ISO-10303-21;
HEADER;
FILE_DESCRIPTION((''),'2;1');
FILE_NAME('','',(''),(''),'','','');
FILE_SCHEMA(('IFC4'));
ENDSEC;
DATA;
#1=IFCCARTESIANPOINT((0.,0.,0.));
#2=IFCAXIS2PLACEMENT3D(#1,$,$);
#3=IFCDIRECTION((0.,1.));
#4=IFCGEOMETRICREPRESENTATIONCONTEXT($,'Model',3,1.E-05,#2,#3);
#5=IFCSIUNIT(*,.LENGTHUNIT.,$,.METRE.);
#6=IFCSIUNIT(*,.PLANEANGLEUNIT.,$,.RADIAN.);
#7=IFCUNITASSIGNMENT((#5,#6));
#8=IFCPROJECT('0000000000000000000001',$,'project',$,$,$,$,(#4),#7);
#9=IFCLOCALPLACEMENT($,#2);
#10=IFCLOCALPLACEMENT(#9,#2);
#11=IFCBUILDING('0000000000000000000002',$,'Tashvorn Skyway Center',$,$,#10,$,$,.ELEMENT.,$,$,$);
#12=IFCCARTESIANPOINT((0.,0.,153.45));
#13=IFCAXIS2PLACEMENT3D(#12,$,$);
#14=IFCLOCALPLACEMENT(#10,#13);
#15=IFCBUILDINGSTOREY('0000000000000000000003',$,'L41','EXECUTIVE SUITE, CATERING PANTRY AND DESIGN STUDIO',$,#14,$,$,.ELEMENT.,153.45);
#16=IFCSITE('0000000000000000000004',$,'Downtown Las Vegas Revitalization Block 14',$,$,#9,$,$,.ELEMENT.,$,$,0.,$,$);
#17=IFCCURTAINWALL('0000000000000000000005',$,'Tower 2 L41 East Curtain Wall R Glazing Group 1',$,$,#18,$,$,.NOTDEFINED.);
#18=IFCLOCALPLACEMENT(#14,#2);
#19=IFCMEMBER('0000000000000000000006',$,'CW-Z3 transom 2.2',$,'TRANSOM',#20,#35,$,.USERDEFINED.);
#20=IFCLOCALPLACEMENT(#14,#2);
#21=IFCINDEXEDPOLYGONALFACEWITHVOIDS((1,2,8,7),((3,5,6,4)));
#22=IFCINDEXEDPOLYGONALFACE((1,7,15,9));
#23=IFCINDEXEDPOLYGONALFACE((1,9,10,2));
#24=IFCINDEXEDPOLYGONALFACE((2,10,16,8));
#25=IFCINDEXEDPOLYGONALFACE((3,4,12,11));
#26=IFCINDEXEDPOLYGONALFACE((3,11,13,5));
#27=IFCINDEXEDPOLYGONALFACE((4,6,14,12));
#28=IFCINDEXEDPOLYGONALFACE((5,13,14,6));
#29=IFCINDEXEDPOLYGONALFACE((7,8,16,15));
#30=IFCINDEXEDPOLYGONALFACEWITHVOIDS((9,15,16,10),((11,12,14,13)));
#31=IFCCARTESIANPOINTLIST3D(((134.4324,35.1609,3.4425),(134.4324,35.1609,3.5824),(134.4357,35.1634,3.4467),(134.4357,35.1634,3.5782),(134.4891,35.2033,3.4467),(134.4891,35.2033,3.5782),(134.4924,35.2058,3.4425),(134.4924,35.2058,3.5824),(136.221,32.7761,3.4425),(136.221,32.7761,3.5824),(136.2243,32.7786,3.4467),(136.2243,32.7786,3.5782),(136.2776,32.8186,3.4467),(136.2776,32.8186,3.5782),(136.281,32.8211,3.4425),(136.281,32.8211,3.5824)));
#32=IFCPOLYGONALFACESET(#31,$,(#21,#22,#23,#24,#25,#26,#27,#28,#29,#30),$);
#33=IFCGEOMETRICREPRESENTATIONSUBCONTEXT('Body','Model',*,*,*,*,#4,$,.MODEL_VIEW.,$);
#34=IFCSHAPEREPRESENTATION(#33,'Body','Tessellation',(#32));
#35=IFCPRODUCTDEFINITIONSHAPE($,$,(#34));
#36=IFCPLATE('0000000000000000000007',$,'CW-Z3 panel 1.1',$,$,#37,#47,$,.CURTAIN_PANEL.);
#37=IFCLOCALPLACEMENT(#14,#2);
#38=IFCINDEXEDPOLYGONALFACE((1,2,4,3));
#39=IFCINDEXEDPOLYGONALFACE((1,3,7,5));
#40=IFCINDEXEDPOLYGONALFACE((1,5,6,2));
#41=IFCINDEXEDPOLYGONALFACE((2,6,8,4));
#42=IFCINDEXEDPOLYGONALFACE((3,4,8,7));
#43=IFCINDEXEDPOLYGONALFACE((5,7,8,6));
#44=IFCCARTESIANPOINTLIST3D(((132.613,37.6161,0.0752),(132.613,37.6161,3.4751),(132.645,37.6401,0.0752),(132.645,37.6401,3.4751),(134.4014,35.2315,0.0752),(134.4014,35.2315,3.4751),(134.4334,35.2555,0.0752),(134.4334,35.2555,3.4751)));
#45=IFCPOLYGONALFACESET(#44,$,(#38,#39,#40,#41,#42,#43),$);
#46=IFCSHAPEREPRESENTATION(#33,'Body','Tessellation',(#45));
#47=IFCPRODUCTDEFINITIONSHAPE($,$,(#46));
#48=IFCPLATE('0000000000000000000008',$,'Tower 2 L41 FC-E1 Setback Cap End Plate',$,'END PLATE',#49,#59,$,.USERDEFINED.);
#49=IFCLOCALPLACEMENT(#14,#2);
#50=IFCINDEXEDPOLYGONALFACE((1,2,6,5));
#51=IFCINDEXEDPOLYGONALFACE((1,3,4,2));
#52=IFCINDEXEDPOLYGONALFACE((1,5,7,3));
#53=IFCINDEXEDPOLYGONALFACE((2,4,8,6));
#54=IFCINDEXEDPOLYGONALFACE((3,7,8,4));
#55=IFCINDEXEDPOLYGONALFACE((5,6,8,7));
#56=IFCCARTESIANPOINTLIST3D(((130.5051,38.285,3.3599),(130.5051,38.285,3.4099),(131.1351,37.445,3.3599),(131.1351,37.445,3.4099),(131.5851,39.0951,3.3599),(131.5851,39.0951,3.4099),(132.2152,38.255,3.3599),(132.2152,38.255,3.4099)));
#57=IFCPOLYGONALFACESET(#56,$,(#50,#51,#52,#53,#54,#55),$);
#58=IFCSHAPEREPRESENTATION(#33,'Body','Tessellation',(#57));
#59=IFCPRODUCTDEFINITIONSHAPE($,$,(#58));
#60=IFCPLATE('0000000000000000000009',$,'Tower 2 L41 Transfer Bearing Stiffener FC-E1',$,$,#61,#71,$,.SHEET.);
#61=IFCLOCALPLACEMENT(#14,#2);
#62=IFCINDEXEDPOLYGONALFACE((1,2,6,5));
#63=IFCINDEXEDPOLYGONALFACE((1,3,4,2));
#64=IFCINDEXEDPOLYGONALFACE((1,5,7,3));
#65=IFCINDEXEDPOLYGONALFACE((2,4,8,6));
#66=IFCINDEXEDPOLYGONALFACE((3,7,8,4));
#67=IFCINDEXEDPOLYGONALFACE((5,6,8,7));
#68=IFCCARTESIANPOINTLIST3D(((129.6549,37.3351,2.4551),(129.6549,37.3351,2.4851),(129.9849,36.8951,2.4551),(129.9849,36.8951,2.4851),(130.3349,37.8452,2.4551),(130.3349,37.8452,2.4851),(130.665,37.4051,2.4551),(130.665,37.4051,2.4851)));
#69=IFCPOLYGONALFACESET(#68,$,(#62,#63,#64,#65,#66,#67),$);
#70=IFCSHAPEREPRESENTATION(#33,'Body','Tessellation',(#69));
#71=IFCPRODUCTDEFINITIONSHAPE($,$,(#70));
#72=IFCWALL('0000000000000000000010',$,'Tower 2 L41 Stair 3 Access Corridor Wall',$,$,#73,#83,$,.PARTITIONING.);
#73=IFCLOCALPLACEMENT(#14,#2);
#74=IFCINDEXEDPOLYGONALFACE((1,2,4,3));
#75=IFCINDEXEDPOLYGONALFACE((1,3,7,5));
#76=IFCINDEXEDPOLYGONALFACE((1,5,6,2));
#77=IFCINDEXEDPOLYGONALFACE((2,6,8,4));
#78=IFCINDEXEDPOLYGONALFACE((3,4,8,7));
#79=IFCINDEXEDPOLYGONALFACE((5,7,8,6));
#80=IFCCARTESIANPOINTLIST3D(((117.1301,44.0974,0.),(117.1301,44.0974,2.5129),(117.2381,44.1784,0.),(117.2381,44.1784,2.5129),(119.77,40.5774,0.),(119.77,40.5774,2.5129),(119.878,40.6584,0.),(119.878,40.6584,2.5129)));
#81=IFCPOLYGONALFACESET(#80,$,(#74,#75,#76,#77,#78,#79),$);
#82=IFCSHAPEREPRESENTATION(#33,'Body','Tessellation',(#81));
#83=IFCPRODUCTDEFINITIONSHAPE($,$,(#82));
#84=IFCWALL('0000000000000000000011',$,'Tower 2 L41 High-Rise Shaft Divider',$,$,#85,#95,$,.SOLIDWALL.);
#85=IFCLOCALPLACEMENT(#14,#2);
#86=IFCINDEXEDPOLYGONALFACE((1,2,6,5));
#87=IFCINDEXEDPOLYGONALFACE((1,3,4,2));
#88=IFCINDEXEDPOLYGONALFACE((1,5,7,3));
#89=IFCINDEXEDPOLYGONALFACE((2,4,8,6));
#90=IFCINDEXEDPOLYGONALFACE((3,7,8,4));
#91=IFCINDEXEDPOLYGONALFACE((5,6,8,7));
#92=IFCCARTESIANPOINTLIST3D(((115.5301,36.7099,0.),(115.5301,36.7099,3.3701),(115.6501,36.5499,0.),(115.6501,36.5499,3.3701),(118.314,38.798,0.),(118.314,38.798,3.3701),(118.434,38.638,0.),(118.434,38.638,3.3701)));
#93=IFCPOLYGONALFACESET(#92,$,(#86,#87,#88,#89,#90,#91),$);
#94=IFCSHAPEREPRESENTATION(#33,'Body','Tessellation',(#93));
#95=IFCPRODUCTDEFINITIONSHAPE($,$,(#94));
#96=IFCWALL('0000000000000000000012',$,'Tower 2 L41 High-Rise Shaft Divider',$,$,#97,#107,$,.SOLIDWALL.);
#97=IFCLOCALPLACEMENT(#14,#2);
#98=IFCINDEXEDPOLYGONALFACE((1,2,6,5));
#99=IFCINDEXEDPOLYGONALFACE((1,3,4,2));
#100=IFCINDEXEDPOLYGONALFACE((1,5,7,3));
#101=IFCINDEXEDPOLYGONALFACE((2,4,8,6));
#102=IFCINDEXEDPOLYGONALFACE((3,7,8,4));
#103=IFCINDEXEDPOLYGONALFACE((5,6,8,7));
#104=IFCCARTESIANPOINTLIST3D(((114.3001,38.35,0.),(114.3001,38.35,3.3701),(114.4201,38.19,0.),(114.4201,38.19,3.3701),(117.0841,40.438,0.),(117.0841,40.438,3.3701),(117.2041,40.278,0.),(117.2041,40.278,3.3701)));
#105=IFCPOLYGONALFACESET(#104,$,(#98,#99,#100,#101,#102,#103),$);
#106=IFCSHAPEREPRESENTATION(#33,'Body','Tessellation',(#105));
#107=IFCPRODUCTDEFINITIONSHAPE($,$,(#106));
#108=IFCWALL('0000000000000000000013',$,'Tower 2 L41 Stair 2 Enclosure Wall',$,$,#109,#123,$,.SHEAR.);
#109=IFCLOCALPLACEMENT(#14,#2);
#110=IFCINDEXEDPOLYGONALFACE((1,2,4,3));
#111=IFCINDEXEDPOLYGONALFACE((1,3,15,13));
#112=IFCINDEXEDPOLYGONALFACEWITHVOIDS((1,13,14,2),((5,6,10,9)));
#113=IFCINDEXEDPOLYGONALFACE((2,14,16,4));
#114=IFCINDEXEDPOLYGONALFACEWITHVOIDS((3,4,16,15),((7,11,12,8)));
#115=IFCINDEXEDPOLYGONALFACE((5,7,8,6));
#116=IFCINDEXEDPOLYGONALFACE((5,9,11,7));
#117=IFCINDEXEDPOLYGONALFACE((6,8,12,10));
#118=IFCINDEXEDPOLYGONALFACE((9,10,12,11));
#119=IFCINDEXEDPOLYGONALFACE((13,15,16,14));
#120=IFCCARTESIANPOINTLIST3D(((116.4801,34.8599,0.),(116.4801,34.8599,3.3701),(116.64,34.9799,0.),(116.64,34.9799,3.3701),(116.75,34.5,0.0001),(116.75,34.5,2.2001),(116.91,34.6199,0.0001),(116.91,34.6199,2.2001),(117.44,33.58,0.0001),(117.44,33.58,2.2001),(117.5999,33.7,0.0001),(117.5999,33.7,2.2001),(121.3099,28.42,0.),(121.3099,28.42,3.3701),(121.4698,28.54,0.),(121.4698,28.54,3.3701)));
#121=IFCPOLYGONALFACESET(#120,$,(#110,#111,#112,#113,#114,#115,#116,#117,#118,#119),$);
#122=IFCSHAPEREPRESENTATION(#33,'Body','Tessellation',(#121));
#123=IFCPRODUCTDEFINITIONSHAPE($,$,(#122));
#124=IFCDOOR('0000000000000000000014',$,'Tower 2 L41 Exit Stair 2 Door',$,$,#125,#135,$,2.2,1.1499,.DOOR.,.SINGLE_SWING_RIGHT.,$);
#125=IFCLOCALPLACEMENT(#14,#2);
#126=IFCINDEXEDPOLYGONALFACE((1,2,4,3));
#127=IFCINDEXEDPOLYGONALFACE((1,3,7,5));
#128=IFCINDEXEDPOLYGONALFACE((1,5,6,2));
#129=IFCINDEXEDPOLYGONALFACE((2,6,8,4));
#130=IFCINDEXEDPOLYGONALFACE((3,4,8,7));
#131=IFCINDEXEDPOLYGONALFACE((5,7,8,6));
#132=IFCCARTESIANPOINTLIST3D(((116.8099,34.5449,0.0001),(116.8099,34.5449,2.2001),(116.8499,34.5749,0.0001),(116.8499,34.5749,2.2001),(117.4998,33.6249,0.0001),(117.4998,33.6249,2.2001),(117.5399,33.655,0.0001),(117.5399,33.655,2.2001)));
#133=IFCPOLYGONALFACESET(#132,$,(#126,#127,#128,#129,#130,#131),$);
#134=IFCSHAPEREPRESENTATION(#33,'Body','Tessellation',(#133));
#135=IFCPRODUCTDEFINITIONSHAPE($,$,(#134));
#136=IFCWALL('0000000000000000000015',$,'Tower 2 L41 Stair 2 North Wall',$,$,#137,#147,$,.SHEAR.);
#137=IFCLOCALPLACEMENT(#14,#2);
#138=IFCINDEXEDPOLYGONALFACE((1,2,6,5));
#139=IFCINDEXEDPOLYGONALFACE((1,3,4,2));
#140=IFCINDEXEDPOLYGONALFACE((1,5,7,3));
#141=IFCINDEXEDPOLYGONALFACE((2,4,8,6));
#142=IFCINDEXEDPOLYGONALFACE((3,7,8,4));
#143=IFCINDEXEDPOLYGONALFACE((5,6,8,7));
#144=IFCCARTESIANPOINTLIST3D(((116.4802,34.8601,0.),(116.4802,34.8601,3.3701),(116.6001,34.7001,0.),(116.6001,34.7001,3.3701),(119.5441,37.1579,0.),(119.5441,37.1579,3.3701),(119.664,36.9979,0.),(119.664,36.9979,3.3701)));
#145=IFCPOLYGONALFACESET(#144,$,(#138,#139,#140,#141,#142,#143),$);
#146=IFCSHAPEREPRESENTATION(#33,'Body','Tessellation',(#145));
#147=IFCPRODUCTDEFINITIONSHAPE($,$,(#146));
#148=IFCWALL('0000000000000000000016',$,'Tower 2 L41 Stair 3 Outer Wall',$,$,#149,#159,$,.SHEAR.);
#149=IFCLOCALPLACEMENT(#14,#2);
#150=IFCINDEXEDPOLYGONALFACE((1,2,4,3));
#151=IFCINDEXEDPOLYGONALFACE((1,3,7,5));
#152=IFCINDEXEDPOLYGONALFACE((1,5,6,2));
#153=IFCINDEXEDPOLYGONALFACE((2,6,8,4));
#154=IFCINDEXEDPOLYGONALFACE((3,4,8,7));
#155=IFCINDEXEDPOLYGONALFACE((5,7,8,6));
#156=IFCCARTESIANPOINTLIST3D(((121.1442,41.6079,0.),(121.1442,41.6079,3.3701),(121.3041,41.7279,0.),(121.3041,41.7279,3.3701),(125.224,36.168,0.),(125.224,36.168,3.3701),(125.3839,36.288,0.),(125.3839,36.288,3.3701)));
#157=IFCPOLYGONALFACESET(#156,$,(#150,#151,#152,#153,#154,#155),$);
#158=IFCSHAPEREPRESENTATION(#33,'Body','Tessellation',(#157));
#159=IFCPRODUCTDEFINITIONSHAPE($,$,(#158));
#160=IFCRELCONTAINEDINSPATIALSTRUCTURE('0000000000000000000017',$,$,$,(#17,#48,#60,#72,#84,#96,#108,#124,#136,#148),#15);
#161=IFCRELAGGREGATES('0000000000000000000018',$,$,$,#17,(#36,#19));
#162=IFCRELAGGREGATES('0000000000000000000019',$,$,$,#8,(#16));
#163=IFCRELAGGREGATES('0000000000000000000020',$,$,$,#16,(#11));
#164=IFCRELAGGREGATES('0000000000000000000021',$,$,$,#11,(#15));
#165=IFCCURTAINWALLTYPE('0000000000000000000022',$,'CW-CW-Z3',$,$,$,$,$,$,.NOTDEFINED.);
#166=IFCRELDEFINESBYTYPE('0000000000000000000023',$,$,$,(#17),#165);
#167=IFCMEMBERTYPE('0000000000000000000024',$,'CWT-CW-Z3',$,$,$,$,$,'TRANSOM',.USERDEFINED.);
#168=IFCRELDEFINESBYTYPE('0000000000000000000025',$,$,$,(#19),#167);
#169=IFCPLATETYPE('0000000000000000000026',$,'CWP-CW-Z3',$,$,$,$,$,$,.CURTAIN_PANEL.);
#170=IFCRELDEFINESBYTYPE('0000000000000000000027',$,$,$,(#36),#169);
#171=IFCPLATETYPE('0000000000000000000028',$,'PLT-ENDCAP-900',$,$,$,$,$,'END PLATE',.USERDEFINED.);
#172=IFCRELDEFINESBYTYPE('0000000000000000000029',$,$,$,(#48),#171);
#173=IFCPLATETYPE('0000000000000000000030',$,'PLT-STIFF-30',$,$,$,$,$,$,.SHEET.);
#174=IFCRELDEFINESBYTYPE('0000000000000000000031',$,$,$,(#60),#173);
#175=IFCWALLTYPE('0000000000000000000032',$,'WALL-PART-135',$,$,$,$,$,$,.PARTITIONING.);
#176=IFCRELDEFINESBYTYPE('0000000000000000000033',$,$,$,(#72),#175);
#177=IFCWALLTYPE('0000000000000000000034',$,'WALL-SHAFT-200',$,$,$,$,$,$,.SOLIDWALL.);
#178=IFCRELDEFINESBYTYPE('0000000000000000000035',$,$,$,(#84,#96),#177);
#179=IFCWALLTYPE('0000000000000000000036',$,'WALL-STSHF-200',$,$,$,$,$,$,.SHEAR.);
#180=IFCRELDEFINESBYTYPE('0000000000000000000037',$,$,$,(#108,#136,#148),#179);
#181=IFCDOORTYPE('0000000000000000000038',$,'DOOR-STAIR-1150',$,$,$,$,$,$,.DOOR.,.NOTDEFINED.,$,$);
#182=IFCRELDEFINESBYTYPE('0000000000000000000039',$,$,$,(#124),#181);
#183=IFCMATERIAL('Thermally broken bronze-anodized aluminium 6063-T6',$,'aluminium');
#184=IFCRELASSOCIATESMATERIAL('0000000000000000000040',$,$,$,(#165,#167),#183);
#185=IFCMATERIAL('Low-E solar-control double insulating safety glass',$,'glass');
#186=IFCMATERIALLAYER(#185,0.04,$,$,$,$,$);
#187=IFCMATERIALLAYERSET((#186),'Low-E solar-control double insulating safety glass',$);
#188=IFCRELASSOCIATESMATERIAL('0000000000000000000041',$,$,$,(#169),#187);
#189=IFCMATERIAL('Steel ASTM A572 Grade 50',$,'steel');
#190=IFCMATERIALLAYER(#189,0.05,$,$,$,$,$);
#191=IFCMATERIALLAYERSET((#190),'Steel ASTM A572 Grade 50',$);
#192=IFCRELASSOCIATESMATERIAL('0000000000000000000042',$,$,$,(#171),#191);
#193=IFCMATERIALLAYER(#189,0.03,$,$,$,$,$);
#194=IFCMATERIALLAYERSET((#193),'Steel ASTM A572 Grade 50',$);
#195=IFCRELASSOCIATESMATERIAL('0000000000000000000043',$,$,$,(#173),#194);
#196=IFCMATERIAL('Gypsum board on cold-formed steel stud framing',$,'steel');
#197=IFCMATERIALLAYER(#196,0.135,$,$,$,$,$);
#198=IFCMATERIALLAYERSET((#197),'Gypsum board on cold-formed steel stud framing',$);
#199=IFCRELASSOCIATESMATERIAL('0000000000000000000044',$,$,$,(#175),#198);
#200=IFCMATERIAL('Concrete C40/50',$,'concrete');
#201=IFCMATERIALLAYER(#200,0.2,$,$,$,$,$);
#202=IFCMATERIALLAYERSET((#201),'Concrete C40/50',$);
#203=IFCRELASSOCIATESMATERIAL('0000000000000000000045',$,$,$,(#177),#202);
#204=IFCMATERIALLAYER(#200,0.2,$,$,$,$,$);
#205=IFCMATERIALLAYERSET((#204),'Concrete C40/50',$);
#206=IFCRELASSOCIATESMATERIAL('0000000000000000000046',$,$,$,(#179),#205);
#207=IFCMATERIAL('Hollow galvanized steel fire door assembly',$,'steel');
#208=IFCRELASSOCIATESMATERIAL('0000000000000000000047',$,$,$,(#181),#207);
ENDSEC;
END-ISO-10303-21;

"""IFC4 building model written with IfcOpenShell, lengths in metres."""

from ifc_helpers import new_model, si_unit, direction, frame, frame_2d, origin, origin_2d, place, context, subcontext, project, spatial, rectangle, hollow_rectangle, extrude, material, layer, layer_set, material_profile, profile_set, type_object, element, fill, aggregate, save


model = new_model("IFC4")

# Units and contexts
model_context = context("Model", 3, precision=1e-05, world=origin(), true_north=direction((0.0, 1.0)))
body_context = subcontext(model_context, "Body", "Model", "MODEL_VIEW")
ifc_project = project(units=[si_unit("LENGTHUNIT", "METRE"), si_unit("PLANEANGLEUNIT", "RADIAN")], contexts=[model_context])

# Site, building, storey
site_placement = place(None, origin())
site = spatial("IfcSite", under=ifc_project, at=site_placement, Name="Downtown Las Vegas Revitalization Block 14", CompositionType="ELEMENT", RefElevation=0.0)
building_placement = place(site_placement, origin())
building = spatial("IfcBuilding", under=site, at=building_placement, Name="Tashvorn Skyway Center", CompositionType="ELEMENT")
storey_placement = place(building_placement, frame((0.0, 0.0, 153.45)))
storey = spatial("IfcBuildingStorey", under=building, at=storey_placement, Name="L41", Description="EXECUTIVE SUITE, CATERING PANTRY AND DESIGN STUDIO", CompositionType="ELEMENT", Elevation=153.45)

# Shared definitions
ifc_material_1 = material(Name="Steel ASTM A572 Grade 50", Category="steel")

# Curtain wall, member, plate
ifc_material_2 = material(Name="Thermally broken bronze-anodized aluminium 6063-T6", Category="aluminium")
curtain_wall_type = type_object("IfcCurtainWallType", Name="CW-CW-Z3", PredefinedType="NOTDEFINED", material=ifc_material_2)
curtain_wall_placement = place(storey_placement, origin())
curtain_wall = element("IfcCurtainWall", 1, at=curtain_wall_placement, inside=storey, type_object=curtain_wall_type, Name="Tower 2 L41 East Curtain Wall R Glazing Group 1", PredefinedType="NOTDEFINED")
ifc_material_profile_1 = material_profile(ifc_material_2, hollow_rectangle(XDim=0.075, YDim=0.1399, WallThickness=0.0042, at=origin_2d()), Name="ALU-TRAN-75x140")
ifc_profile_set_1 = profile_set([ifc_material_profile_1], Name="Thermally broken bronze-anodized aluminium 6063-T6")
member_type_1 = type_object("IfcMemberType", Name="CWT-CW-Z3", ElementType="TRANSOM", PredefinedType="USERDEFINED", material=ifc_profile_set_1)
member_1_placement = place(storey_placement, frame((134.4624, 35.1833, 3.5125), z_axis=(0.6, -0.8, 0.0), x_axis=(0.8, 0.6, 0.0)))
member_1 = element("IfcMember", 2, at=member_1_placement, type_object=member_type_1, Name="CW-Z3 transom 2.2", ObjectType="TRANSOM", PredefinedType="USERDEFINED", context=body_context, shape_type="SweptSolid", body=[
    extrude(hollow_rectangle(XDim=0.075, YDim=0.1399, WallThickness=0.0042, at=origin_2d()), origin(), (0.0, 0.0, 1.0), 2.981),
])
ifc_material_3 = material(Name="Low-E solar-control double insulating safety glass", Category="glass")
ifc_layer_1 = layer(ifc_material_3, 0.04)
ifc_layer_set_1 = layer_set([ifc_layer_1], Name="Low-E solar-control double insulating safety glass")
plate_type_1 = type_object("IfcPlateType", Name="CWP-CW-Z3", PredefinedType="CURTAIN_PANEL", material=ifc_layer_set_1)
plate_1_placement = place(storey_placement, frame((133.5232, 36.4358, 0.0752), z_axis=(0.0, 0.0, 1.0), x_axis=(0.600003, -0.799998, 0.0)))
plate_1 = element("IfcPlate", 3, at=plate_1_placement, type_object=plate_type_1, Name="CW-Z3 panel 1.1", PredefinedType="CURTAIN_PANEL", context=body_context, shape_type="SweptSolid", body=[
    extrude(rectangle(XDim=2.9807, YDim=0.04, at=origin_2d()), origin(), (0.0, 0.0, 1.0), 3.3999),
])
aggregate(curtain_wall, [plate_1, member_1])

# Plates
ifc_layer_2 = layer(ifc_material_1, 0.05)
ifc_layer_set_2 = layer_set([ifc_layer_2], Name="Steel ASTM A572 Grade 50")
plate_type_2 = type_object("IfcPlateType", Name="PLT-ENDCAP-900", ElementType="END PLATE", PredefinedType="USERDEFINED", material=ifc_layer_set_2)
plate_2_placement = place(storey_placement, frame((131.3601, 38.27, 3.3599), z_axis=(0.0, 0.0, 1.0), x_axis=(0.8, 0.6, 0.0)))
element("IfcPlate", 4, at=plate_2_placement, inside=storey, type_object=plate_type_2, Name="Tower 2 L41 FC-E1 Setback Cap End Plate", ObjectType="END PLATE", PredefinedType="USERDEFINED", context=body_context, shape_type="SweptSolid", body=[
    extrude(rectangle(XDim=1.3501, YDim=1.05, at=origin_2d()), origin(), (0.0, 0.0, 1.0), 0.05),
])
ifc_layer_3 = layer(ifc_material_1, 0.03)
ifc_layer_set_3 = layer_set([ifc_layer_3], Name="Steel ASTM A572 Grade 50")
plate_type_3 = type_object("IfcPlateType", Name="PLT-STIFF-30", PredefinedType="SHEET", material=ifc_layer_set_3)
plate_3_placement = place(storey_placement, frame((130.1599, 37.3701, 2.4551), z_axis=(0.0, 0.0, 1.0), x_axis=(0.8, 0.6, 0.0)))
element("IfcPlate", 5, at=plate_3_placement, inside=storey, type_object=plate_type_3, Name="Tower 2 L41 Transfer Bearing Stiffener FC-E1", PredefinedType="SHEET", context=body_context, shape_type="SweptSolid", body=[
    extrude(rectangle(XDim=0.8501, YDim=0.55, at=origin_2d()), origin(), (0.0, 0.0, 1.0), 0.03),
])

# Walls
ifc_material_4 = material(Name="Gypsum board on cold-formed steel stud framing", Category="steel")
ifc_layer_4 = layer(ifc_material_4, 0.135)
ifc_layer_set_4 = layer_set([ifc_layer_4], Name="Gypsum board on cold-formed steel stud framing")
wall_type_1 = type_object("IfcWallType", Name="WALL-PART-135", PredefinedType="PARTITIONING", material=ifc_layer_set_4)
wall_1_placement = place(storey_placement, frame((119.824, 40.6179, 0.0), z_axis=(0.0, 0.0, 1.0), x_axis=(-0.599982, 0.800013, 0.0)))
element("IfcWall", 6, at=wall_1_placement, inside=storey, type_object=wall_type_1, Name="Tower 2 L41 Stair 3 Access Corridor Wall", PredefinedType="PARTITIONING", context=body_context, shape_type="SweptSolid", body=[
    extrude(rectangle(XDim=4.3999, YDim=0.135, at=frame_2d((2.2, 0.0))), origin(), (0.0, 0.0, 1.0), 2.5129),
])
ifc_material_5 = material(Name="Concrete C40/50", Category="concrete")
ifc_layer_5 = layer(ifc_material_5, 0.2)
ifc_layer_set_5 = layer_set([ifc_layer_5], Name="Concrete C40/50")
wall_type_2 = type_object("IfcWallType", Name="WALL-SHAFT-200", PredefinedType="SOLIDWALL", material=ifc_layer_set_5)
for number, where, z_axis, x_axis, name in (
    (7, (115.5901, 36.6299, 0.0), (0.0, 0.0, 1.0), (0.799975, 0.600034, 0.0), "Tower 2 L41 High-Rise Shaft Divider"),
    (8, (114.3601, 38.27, 0.0), (0.0, 0.0, 1.0), (0.800008, 0.599989, 0.0), "Tower 2 L41 High-Rise Shaft Divider"),
):
    element("IfcWall", number, at=place(storey_placement, frame(where, z_axis=z_axis, x_axis=x_axis)), inside=storey, type_object=wall_type_2, Name=name, PredefinedType="SOLIDWALL", context=body_context, shape_type="SweptSolid", body=[
        extrude(rectangle(XDim=3.48, YDim=0.2, at=frame_2d((1.74, 0.0))), origin(), (0.0, 0.0, 1.0), 3.3701),
    ])

# Wall, opening, door
ifc_layer_6 = layer(ifc_material_5, 0.2)
ifc_layer_set_6 = layer_set([ifc_layer_6], Name="Concrete C40/50")
wall_type_3 = type_object("IfcWallType", Name="WALL-STSHF-200", PredefinedType="SHEAR", material=ifc_layer_set_6)
wall_2_placement = place(storey_placement, frame((116.5601, 34.9199, 0.0), z_axis=(0.0, 0.0, 1.0), x_axis=(0.59999, -0.800007, 0.0)))
wall_2 = element("IfcWall", 9, at=wall_2_placement, inside=storey, type_object=wall_type_3, Name="Tower 2 L41 Stair 2 Enclosure Wall", PredefinedType="SHEAR", context=body_context, shape_type="SweptSolid", body=[
    extrude(rectangle(XDim=8.0498, YDim=0.2, at=frame_2d((4.0249, 0.0))), origin(), (0.0, 0.0, 1.0), 3.3701),
])
opening_1_placement = place(wall_2_placement, frame((0.45, 0.0, 0.0)))
opening_1 = element("IfcOpeningElement", 10, at=opening_1_placement, cuts=wall_2, PredefinedType="OPENING", context=body_context, shape_type="SweptSolid", body=[
    extrude(rectangle(XDim=1.1499, YDim=2.2, at=frame_2d((0.575, 1.1001))), frame((0.0, 0.1099, 0.0), z_axis=(0.0, -1.0, 0.0), x_axis=(1.0, 0.0, 0.0)), (0.0, 0.0, 1.0), 0.22),
])
ifc_material_6 = material(Name="Hollow galvanized steel fire door assembly", Category="steel")
door_type = type_object("IfcDoorType", Name="DOOR-STAIR-1150", OperationType="NOTDEFINED", PredefinedType="DOOR", material=ifc_material_6)
door_1_placement = place(opening_1_placement, origin())
door_1 = element("IfcDoor", 11, at=door_1_placement, inside=storey, type_object=door_type, Name="Tower 2 L41 Exit Stair 2 Door", OperationType="SINGLE_SWING_RIGHT", OverallHeight=2.2, OverallWidth=1.1499, PredefinedType="DOOR", context=body_context, shape_type="SweptSolid", body=[
    extrude(rectangle(XDim=1.1499, YDim=2.2, at=frame_2d((0.575, 1.1001))), frame((0.0, 0.0249, 0.0), z_axis=(0.0, -1.0, 0.0), x_axis=(1.0, 0.0, 0.0)), (0.0, 0.0, 1.0), 0.05),
])
fill(opening_1, door_1)

# Walls
wall_3_placement = place(storey_placement, frame((116.54, 34.78, 0.0), z_axis=(0.0, 0.0, 1.0), x_axis=(0.800015, 0.59998, 0.0)))
element("IfcWall", 12, at=wall_3_placement, inside=storey, type_object=wall_type_3, Name="Tower 2 L41 Stair 2 North Wall", PredefinedType="SHEAR", context=body_context, shape_type="SweptSolid", body=[
    extrude(rectangle(XDim=3.8298, YDim=0.2, at=frame_2d((1.915, 0.0))), origin(), (0.0, 0.0, 1.0), 3.3701),
])
wall_4_placement = place(storey_placement, frame((125.304, 36.228, 0.0), z_axis=(0.0, 0.0, 1.0), x_axis=(-0.599989, 0.800009, 0.0)))
element("IfcWall", 13, at=wall_4_placement, inside=storey, type_object=wall_type_3, Name="Tower 2 L41 Stair 3 Outer Wall", PredefinedType="SHEAR", context=body_context, shape_type="SweptSolid", body=[
    extrude(rectangle(XDim=6.7998, YDim=0.2, at=frame_2d((3.3999, 0.0))), origin(), (0.0, 0.0, 1.0), 3.3701),
])

save(model, "model.ifc")
